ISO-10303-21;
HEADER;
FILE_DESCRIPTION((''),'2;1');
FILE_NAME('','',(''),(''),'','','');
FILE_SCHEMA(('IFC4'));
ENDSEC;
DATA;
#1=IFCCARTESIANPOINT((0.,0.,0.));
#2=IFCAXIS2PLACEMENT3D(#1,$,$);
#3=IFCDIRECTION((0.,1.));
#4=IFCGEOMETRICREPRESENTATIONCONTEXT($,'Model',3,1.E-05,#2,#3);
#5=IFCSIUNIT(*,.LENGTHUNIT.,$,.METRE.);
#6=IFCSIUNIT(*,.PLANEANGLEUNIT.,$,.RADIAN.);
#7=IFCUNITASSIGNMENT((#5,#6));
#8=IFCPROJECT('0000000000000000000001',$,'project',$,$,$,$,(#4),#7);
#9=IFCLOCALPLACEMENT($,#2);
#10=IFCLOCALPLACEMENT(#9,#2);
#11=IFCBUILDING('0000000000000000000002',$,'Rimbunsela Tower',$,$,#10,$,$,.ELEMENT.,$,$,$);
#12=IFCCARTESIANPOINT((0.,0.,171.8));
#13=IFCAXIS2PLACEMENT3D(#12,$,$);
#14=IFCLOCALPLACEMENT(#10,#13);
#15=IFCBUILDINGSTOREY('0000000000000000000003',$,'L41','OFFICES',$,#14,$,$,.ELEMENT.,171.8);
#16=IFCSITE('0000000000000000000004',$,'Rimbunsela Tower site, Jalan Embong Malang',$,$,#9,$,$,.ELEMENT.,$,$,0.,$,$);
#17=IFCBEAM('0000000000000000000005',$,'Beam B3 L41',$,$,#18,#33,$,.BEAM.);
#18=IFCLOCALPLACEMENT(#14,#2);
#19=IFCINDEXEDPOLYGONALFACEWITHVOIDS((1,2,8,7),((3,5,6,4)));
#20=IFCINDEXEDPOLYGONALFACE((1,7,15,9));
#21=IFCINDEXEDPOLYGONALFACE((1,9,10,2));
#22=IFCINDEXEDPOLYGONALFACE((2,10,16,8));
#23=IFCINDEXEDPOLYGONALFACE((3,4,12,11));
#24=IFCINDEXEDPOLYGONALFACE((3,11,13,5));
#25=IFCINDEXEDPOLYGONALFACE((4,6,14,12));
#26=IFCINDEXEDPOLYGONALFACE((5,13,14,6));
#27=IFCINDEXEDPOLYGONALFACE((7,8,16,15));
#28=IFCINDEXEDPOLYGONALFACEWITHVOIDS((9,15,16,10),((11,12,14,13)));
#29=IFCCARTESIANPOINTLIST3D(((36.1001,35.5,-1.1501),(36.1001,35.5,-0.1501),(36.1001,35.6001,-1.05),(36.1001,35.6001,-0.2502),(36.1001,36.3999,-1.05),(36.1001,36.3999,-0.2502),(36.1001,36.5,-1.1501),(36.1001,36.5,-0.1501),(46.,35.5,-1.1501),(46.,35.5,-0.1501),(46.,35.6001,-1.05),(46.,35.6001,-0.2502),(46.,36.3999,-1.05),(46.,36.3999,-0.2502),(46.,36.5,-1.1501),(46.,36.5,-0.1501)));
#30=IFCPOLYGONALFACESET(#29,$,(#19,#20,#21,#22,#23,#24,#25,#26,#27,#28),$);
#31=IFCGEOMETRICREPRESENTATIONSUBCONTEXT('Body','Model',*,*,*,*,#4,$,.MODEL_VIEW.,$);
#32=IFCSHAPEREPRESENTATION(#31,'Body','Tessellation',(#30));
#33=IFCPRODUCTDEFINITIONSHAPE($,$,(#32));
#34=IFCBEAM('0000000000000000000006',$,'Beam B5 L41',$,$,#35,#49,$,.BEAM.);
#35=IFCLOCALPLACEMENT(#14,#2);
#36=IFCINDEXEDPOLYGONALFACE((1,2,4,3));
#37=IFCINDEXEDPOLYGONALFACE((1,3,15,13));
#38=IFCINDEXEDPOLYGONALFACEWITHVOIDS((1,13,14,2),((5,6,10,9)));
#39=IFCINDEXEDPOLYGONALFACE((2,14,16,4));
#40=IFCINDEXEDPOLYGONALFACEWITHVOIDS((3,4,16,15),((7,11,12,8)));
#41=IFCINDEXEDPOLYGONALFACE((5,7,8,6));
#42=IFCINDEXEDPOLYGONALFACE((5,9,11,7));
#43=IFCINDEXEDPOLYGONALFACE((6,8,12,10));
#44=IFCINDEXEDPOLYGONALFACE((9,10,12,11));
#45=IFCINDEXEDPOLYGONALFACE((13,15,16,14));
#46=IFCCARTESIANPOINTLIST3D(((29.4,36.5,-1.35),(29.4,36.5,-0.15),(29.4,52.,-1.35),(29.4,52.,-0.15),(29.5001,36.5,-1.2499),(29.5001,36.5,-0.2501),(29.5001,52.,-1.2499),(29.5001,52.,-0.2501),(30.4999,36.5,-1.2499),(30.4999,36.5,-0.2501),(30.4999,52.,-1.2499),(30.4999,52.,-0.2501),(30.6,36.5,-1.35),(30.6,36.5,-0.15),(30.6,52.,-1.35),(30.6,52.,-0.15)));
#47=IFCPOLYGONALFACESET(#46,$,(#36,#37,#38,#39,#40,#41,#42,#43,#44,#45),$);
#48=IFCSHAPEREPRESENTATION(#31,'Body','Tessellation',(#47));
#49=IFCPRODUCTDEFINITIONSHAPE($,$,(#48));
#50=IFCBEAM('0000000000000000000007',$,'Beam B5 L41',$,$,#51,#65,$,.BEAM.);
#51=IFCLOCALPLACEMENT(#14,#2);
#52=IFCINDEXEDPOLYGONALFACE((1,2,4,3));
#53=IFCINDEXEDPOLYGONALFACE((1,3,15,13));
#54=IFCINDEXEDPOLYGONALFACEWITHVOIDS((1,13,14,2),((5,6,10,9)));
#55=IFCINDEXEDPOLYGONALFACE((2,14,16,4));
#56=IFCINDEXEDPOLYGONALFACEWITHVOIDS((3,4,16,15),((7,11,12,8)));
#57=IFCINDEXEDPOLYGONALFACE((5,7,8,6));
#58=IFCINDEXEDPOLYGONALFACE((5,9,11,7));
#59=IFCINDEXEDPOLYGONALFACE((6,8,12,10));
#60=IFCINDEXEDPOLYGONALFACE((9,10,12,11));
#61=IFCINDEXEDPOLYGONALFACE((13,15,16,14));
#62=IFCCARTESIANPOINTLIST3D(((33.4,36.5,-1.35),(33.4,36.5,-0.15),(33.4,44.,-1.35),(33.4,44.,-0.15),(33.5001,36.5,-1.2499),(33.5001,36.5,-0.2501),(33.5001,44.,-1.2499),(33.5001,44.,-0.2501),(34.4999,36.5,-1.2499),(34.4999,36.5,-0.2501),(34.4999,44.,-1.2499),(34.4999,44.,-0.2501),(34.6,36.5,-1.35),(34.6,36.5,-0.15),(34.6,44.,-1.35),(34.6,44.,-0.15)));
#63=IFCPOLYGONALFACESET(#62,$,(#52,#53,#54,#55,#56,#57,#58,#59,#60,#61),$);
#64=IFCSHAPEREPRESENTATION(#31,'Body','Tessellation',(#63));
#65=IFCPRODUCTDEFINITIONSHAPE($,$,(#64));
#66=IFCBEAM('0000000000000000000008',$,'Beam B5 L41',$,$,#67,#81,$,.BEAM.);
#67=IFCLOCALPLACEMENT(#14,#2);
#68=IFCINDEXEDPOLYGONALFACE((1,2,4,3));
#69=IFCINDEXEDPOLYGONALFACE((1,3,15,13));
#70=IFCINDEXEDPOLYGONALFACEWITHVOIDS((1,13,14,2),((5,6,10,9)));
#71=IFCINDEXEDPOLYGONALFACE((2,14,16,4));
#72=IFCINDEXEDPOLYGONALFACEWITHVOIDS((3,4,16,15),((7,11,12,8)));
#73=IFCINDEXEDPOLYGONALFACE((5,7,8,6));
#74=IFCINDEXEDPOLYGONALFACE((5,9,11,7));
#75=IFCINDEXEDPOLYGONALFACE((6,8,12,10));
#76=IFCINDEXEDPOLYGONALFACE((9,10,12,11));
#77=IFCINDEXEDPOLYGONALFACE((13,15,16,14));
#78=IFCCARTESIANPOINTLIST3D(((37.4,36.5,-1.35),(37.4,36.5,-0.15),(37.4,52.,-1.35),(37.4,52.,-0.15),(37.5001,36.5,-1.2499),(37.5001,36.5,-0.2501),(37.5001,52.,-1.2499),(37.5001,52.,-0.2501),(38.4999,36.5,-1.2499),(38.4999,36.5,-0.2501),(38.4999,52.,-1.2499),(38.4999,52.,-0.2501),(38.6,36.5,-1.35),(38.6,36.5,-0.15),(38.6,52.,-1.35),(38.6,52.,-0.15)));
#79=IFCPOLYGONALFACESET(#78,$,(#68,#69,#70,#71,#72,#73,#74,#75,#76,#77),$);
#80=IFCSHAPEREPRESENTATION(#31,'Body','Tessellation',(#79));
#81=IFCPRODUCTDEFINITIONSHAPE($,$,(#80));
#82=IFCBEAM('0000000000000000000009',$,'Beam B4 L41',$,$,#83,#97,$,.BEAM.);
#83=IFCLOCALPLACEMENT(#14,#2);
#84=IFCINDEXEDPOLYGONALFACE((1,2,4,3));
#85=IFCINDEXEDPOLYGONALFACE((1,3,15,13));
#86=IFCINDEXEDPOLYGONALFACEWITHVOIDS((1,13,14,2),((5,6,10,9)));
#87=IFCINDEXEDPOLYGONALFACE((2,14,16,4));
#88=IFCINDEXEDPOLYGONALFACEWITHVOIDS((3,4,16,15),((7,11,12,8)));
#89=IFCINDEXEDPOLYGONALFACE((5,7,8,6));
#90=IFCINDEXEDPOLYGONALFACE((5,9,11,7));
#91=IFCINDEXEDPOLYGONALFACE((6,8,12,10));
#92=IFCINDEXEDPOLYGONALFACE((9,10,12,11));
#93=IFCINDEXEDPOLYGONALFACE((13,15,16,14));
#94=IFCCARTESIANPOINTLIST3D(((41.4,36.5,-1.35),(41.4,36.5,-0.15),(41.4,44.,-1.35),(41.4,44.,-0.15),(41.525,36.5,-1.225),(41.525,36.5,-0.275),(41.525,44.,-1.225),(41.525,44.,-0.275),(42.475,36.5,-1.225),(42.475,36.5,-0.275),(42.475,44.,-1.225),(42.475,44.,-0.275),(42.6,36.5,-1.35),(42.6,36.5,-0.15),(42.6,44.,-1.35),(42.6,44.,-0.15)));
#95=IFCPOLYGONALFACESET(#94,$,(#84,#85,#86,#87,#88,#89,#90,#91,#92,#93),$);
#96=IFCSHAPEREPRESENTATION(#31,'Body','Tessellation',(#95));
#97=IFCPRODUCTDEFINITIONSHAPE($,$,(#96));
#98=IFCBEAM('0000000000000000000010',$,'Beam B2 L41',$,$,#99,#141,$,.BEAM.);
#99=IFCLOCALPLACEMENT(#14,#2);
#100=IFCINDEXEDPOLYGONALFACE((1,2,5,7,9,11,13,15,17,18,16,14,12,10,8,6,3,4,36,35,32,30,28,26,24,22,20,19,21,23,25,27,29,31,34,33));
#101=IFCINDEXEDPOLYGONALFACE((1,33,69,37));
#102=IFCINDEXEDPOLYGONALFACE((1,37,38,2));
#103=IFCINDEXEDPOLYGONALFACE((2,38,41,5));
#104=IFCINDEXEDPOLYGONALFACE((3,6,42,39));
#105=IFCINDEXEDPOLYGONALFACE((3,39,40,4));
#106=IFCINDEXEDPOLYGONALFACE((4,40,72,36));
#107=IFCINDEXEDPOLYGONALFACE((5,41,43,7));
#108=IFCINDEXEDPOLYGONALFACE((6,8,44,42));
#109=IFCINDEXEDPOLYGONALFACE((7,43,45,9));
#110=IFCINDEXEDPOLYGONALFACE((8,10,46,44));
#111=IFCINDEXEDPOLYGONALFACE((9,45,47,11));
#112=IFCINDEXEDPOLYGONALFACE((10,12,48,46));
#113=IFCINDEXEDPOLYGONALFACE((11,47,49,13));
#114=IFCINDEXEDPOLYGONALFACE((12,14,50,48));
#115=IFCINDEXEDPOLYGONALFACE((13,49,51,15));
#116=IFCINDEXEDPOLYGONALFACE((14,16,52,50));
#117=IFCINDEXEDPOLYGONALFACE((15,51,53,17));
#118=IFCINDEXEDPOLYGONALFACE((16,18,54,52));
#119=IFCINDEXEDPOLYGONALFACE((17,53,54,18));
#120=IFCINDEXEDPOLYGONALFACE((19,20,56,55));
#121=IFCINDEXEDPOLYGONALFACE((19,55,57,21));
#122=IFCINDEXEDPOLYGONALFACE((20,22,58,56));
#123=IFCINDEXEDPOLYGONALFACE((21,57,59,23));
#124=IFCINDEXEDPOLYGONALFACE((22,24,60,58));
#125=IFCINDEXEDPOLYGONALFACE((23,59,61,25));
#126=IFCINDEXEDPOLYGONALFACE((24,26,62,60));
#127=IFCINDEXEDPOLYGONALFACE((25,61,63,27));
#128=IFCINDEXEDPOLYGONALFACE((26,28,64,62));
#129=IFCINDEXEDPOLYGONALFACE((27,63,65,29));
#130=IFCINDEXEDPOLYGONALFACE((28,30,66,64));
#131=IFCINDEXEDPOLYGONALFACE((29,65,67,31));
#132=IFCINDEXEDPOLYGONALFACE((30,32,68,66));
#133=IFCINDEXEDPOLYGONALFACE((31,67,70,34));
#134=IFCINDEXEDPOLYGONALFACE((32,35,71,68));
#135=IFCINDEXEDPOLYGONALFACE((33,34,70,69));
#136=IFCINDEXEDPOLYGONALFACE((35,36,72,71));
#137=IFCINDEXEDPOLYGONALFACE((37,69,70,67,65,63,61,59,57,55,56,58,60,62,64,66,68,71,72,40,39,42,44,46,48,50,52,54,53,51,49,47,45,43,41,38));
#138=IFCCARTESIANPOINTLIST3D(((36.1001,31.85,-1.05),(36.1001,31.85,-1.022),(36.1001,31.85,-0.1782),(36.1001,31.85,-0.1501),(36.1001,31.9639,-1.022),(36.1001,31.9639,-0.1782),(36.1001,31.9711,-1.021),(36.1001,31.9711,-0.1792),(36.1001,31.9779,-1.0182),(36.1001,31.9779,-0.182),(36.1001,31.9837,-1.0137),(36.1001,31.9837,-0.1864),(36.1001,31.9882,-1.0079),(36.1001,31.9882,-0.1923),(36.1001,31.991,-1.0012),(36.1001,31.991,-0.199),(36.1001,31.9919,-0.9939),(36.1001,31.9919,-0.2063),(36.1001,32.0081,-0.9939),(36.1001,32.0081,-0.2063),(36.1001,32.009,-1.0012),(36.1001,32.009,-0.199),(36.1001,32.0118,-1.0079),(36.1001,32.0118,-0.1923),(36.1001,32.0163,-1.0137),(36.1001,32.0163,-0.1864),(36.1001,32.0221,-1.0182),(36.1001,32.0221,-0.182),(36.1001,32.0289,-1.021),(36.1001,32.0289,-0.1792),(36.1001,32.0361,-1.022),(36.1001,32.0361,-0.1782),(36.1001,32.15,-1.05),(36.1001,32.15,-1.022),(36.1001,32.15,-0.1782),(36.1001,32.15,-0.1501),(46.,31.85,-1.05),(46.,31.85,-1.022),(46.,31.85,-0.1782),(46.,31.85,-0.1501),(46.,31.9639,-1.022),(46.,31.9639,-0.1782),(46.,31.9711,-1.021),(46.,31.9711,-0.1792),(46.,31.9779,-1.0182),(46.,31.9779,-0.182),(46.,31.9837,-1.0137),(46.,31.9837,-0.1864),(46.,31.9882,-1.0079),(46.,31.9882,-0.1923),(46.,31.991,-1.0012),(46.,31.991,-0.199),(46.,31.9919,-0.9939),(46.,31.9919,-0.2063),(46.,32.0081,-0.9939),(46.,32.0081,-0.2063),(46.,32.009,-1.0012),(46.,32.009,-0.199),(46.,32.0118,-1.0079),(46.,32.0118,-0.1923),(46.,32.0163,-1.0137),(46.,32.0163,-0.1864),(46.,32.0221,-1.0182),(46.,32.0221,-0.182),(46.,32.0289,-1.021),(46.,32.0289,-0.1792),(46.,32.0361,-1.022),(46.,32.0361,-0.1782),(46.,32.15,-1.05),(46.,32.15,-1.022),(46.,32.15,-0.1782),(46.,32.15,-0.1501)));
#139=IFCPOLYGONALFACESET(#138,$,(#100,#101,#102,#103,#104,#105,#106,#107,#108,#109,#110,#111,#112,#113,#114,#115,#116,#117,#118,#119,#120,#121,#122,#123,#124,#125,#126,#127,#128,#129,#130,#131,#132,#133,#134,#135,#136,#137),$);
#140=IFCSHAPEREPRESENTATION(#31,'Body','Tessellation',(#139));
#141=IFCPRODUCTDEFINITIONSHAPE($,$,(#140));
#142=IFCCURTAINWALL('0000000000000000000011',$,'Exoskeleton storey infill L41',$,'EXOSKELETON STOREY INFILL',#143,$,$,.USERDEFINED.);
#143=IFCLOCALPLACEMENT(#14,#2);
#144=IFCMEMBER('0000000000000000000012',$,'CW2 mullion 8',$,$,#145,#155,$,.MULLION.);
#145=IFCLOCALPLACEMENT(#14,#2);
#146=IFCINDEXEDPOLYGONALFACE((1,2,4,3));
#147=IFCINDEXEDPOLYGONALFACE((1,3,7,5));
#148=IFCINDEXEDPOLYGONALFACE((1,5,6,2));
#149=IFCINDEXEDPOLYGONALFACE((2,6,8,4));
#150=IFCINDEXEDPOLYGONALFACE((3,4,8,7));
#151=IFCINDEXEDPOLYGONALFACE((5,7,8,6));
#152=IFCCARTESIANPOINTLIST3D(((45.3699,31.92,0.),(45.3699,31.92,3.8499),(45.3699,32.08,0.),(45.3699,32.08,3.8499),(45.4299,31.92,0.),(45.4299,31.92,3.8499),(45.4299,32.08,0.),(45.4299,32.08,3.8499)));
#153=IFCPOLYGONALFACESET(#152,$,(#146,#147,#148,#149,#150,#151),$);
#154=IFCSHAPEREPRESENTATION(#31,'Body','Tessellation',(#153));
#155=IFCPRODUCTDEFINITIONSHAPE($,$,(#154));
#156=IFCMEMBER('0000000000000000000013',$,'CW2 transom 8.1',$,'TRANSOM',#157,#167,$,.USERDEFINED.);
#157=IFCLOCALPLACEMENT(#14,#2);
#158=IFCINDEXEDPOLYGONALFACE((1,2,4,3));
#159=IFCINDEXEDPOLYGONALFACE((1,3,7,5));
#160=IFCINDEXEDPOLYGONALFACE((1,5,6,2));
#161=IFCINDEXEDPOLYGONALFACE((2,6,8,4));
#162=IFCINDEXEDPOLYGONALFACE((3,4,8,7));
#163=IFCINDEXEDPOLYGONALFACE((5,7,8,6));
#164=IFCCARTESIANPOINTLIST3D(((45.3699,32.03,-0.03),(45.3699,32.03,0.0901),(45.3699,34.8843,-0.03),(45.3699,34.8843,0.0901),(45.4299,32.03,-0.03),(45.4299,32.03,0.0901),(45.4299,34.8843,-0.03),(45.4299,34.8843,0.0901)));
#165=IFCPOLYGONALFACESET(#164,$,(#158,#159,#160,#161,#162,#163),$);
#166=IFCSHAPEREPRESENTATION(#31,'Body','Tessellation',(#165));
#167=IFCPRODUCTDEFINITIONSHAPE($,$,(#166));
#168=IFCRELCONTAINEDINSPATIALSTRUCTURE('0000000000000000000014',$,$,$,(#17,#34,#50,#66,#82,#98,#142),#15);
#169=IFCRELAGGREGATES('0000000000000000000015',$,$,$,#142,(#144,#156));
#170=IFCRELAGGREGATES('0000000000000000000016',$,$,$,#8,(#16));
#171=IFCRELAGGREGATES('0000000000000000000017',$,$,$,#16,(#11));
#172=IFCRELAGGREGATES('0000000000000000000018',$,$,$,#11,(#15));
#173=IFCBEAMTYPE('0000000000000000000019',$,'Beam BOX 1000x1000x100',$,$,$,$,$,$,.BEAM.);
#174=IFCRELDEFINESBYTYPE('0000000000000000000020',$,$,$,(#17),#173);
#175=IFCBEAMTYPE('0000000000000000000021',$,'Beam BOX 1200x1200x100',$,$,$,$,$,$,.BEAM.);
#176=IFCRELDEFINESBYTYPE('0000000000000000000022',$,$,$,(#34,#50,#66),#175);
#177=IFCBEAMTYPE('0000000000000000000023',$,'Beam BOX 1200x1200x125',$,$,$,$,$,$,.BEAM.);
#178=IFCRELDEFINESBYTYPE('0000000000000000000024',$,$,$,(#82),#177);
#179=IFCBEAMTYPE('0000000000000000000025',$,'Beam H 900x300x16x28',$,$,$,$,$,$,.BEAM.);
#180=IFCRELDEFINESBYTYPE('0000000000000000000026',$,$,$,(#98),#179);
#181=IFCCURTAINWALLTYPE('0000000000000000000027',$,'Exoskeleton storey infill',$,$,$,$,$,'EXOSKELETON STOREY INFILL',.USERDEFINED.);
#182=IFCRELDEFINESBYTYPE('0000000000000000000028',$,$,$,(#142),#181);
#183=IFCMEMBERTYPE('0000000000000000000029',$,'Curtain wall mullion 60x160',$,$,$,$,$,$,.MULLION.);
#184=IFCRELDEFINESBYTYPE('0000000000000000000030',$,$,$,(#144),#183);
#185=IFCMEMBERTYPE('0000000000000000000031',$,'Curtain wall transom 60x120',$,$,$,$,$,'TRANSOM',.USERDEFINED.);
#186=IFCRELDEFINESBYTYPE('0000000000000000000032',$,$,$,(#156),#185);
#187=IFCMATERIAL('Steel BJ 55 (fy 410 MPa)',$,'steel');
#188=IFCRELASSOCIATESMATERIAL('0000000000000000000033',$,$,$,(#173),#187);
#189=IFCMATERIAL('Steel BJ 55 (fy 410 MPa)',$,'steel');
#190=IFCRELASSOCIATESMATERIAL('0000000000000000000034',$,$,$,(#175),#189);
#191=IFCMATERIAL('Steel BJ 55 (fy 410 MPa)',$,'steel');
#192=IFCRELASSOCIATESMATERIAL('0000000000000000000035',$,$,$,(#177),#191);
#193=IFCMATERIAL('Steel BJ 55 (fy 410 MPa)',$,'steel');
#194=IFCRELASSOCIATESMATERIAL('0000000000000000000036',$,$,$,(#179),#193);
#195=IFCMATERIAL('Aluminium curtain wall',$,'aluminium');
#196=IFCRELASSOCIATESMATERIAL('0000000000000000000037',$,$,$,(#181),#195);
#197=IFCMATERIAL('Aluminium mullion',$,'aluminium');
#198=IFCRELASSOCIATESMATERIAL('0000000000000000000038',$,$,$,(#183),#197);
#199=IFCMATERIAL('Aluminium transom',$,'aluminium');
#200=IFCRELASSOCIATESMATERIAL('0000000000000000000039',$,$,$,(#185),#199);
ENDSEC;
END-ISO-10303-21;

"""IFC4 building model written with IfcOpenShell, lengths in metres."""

from ifc_helpers import new_model, si_unit, direction, frame, origin, origin_2d, place, context, subcontext, project, spatial, rectangle, hollow_rectangle, i_section, extrude, material, material_profile, profile_set, type_object, element, aggregate, save


model = new_model("IFC4")

# Units and contexts
model_context = context("Model", 3, precision=1e-05, world=origin(), true_north=direction((0.0, 1.0)))
body_context = subcontext(model_context, "Body", "Model", "MODEL_VIEW")
ifc_project = project(units=[si_unit("LENGTHUNIT", "METRE"), si_unit("PLANEANGLEUNIT", "RADIAN")], contexts=[model_context])

# Site, building, storey
site_placement = place(None, origin())
site = spatial("IfcSite", under=ifc_project, at=site_placement, Name="Rimbunsela Tower site, Jalan Embong Malang", CompositionType="ELEMENT", RefElevation=0.0)
building_placement = place(site_placement, origin())
building = spatial("IfcBuilding", under=site, at=building_placement, Name="Rimbunsela Tower", CompositionType="ELEMENT")
storey_placement = place(building_placement, frame((0.0, 0.0, 171.8)))
storey = spatial("IfcBuildingStorey", under=building, at=storey_placement, Name="L41", Description="OFFICES", CompositionType="ELEMENT", Elevation=171.8)

# Beams
ifc_material_1 = material(Name="Steel BJ 55 (fy 410 MPa)", Category="steel")
ifc_material_profile_1 = material_profile(ifc_material_1, hollow_rectangle(XDim=1.0, YDim=1.0, WallThickness=0.1001, at=origin_2d()), Name="BOX 1000x1000x100")
ifc_profile_set_1 = profile_set([ifc_material_profile_1], Name="Steel BJ 55 (fy 410 MPa)")
beam_type_1 = type_object("IfcBeamType", Name="Beam BOX 1000x1000x100", PredefinedType="BEAM", material=ifc_profile_set_1)
beam_1_placement = place(storey_placement, frame((36.1001, 36.0, -0.6501), z_axis=(1.0, 0.0, 0.0), x_axis=(0.0, 1.0, 0.0)))
element("IfcBeam", 1, at=beam_1_placement, inside=storey, type_object=beam_type_1, Name="Beam B3 L41", PredefinedType="BEAM", context=body_context, shape_type="SweptSolid", body=[
    extrude(hollow_rectangle(XDim=1.0, YDim=1.0, WallThickness=0.1001, at=origin_2d()), origin(), (0.0, 0.0, 1.0), 9.8999),
])
ifc_material_2 = material(Name="Steel BJ 55 (fy 410 MPa)", Category="steel")
ifc_material_profile_2 = material_profile(ifc_material_2, hollow_rectangle(XDim=1.2, YDim=1.2, WallThickness=0.1001, at=origin_2d()), Name="BOX 1200x1200x100")
ifc_profile_set_2 = profile_set([ifc_material_profile_2], Name="Steel BJ 55 (fy 410 MPa)")
beam_type_2 = type_object("IfcBeamType", Name="Beam BOX 1200x1200x100", PredefinedType="BEAM", material=ifc_profile_set_2)
beam_2_placement = place(storey_placement, frame((30.0, 36.5, -0.75), z_axis=(0.0, 1.0, 0.0), x_axis=(-1.0, 0.0, 0.0)))
element("IfcBeam", 2, at=beam_2_placement, inside=storey, type_object=beam_type_2, Name="Beam B5 L41", PredefinedType="BEAM", context=body_context, shape_type="SweptSolid", body=[
    extrude(hollow_rectangle(XDim=1.2, YDim=1.2, WallThickness=0.1001, at=origin_2d()), origin(), (0.0, 0.0, 1.0), 15.5),
])
beam_3_placement = place(storey_placement, frame((34.0, 36.5, -0.75), z_axis=(0.0, 1.0, 0.0), x_axis=(-1.0, 0.0, 0.0)))
element("IfcBeam", 3, at=beam_3_placement, inside=storey, type_object=beam_type_2, Name="Beam B5 L41", PredefinedType="BEAM", context=body_context, shape_type="SweptSolid", body=[
    extrude(hollow_rectangle(XDim=1.2, YDim=1.2, WallThickness=0.1001, at=origin_2d()), origin(), (0.0, 0.0, 1.0), 7.5),
])
beam_4_placement = place(storey_placement, frame((38.0, 36.5, -0.75), z_axis=(0.0, 1.0, 0.0), x_axis=(-1.0, 0.0, 0.0)))
element("IfcBeam", 4, at=beam_4_placement, inside=storey, type_object=beam_type_2, Name="Beam B5 L41", PredefinedType="BEAM", context=body_context, shape_type="SweptSolid", body=[
    extrude(hollow_rectangle(XDim=1.2, YDim=1.2, WallThickness=0.1001, at=origin_2d()), origin(), (0.0, 0.0, 1.0), 15.5),
])
ifc_material_3 = material(Name="Steel BJ 55 (fy 410 MPa)", Category="steel")
ifc_material_profile_3 = material_profile(ifc_material_3, hollow_rectangle(XDim=1.2, YDim=1.2, WallThickness=0.125, at=origin_2d()), Name="BOX 1200x1200x125")
ifc_profile_set_3 = profile_set([ifc_material_profile_3], Name="Steel BJ 55 (fy 410 MPa)")
beam_type_3 = type_object("IfcBeamType", Name="Beam BOX 1200x1200x125", PredefinedType="BEAM", material=ifc_profile_set_3)
beam_5_placement = place(storey_placement, frame((42.0, 36.5, -0.75), z_axis=(0.0, 1.0, 0.0), x_axis=(-1.0, 0.0, 0.0)))
element("IfcBeam", 5, at=beam_5_placement, inside=storey, type_object=beam_type_3, Name="Beam B4 L41", PredefinedType="BEAM", context=body_context, shape_type="SweptSolid", body=[
    extrude(hollow_rectangle(XDim=1.2, YDim=1.2, WallThickness=0.125, at=origin_2d()), origin(), (0.0, 0.0, 1.0), 7.5),
])
ifc_material_4 = material(Name="Steel BJ 55 (fy 410 MPa)", Category="steel")
ifc_material_profile_4 = material_profile(ifc_material_4, i_section(OverallWidth=0.3, OverallDepth=0.8999, WebThickness=0.0161, FlangeThickness=0.0281, FilletRadius=0.0281, at=origin_2d()), Name="H 900x300x16x28")
ifc_profile_set_4 = profile_set([ifc_material_profile_4], Name="Steel BJ 55 (fy 410 MPa)")
beam_type_4 = type_object("IfcBeamType", Name="Beam H 900x300x16x28", PredefinedType="BEAM", material=ifc_profile_set_4)
beam_6_placement = place(storey_placement, frame((36.1001, 32.0, -0.6001), z_axis=(1.0, 0.0, 0.0), x_axis=(0.0, 1.0, 0.0)))
element("IfcBeam", 6, at=beam_6_placement, inside=storey, type_object=beam_type_4, Name="Beam B2 L41", PredefinedType="BEAM", context=body_context, shape_type="SweptSolid", body=[
    extrude(i_section(OverallWidth=0.3, OverallDepth=0.8999, WebThickness=0.0161, FlangeThickness=0.0281, FilletRadius=0.0281, at=origin_2d()), origin(), (0.0, 0.0, 1.0), 9.8999),
])

# Curtain wall, members
ifc_material_5 = material(Name="Aluminium curtain wall", Category="aluminium")
curtain_wall_type = type_object("IfcCurtainWallType", Name="Exoskeleton storey infill", ElementType="EXOSKELETON STOREY INFILL", PredefinedType="USERDEFINED", material=ifc_material_5)
curtain_wall_placement = place(storey_placement, origin())
curtain_wall = element("IfcCurtainWall", 7, at=curtain_wall_placement, inside=storey, type_object=curtain_wall_type, Name="Exoskeleton storey infill L41", ObjectType="EXOSKELETON STOREY INFILL", PredefinedType="USERDEFINED")
ifc_material_6 = material(Name="Aluminium mullion", Category="aluminium")
ifc_material_profile_5 = material_profile(ifc_material_6, rectangle(XDim=0.0601, YDim=0.1599, at=origin_2d()), Name="Mullion 60x160")
ifc_profile_set_5 = profile_set([ifc_material_profile_5], Name="Aluminium mullion")
member_type_1 = type_object("IfcMemberType", Name="Curtain wall mullion 60x160", PredefinedType="MULLION", material=ifc_profile_set_5)
member_1_placement = place(storey_placement, frame((45.3999, 32.0, 0.0), z_axis=(0.0, 0.0, 1.0), x_axis=(-1.0, 0.0, 0.0)))
member_1 = element("IfcMember", 8, at=member_1_placement, type_object=member_type_1, Name="CW2 mullion 8", PredefinedType="MULLION", context=body_context, shape_type="SweptSolid", body=[
    extrude(rectangle(XDim=0.0601, YDim=0.1599, at=origin_2d()), origin(), (0.0, 0.0, 1.0), 3.8499),
])
ifc_material_7 = material(Name="Aluminium transom", Category="aluminium")
ifc_material_profile_6 = material_profile(ifc_material_7, rectangle(XDim=0.0601, YDim=0.1201, at=origin_2d()), Name="Transom 60x120")
ifc_profile_set_6 = profile_set([ifc_material_profile_6], Name="Aluminium transom")
member_type_2 = type_object("IfcMemberType", Name="Curtain wall transom 60x120", ElementType="TRANSOM", PredefinedType="USERDEFINED", material=ifc_profile_set_6)
member_2_placement = place(storey_placement, frame((45.3999, 32.03, 0.03), z_axis=(0.0, 1.0, 0.0), x_axis=(-1.0, 0.0, 0.0)))
member_2 = element("IfcMember", 9, at=member_2_placement, type_object=member_type_2, Name="CW2 transom 8.1", ObjectType="TRANSOM", PredefinedType="USERDEFINED", context=body_context, shape_type="SweptSolid", body=[
    extrude(rectangle(XDim=0.0601, YDim=0.1201, at=origin_2d()), origin(), (0.0, 0.0, 1.0), 2.8542),
])
aggregate(curtain_wall, [member_1, member_2])

save(model, "model.ifc")
